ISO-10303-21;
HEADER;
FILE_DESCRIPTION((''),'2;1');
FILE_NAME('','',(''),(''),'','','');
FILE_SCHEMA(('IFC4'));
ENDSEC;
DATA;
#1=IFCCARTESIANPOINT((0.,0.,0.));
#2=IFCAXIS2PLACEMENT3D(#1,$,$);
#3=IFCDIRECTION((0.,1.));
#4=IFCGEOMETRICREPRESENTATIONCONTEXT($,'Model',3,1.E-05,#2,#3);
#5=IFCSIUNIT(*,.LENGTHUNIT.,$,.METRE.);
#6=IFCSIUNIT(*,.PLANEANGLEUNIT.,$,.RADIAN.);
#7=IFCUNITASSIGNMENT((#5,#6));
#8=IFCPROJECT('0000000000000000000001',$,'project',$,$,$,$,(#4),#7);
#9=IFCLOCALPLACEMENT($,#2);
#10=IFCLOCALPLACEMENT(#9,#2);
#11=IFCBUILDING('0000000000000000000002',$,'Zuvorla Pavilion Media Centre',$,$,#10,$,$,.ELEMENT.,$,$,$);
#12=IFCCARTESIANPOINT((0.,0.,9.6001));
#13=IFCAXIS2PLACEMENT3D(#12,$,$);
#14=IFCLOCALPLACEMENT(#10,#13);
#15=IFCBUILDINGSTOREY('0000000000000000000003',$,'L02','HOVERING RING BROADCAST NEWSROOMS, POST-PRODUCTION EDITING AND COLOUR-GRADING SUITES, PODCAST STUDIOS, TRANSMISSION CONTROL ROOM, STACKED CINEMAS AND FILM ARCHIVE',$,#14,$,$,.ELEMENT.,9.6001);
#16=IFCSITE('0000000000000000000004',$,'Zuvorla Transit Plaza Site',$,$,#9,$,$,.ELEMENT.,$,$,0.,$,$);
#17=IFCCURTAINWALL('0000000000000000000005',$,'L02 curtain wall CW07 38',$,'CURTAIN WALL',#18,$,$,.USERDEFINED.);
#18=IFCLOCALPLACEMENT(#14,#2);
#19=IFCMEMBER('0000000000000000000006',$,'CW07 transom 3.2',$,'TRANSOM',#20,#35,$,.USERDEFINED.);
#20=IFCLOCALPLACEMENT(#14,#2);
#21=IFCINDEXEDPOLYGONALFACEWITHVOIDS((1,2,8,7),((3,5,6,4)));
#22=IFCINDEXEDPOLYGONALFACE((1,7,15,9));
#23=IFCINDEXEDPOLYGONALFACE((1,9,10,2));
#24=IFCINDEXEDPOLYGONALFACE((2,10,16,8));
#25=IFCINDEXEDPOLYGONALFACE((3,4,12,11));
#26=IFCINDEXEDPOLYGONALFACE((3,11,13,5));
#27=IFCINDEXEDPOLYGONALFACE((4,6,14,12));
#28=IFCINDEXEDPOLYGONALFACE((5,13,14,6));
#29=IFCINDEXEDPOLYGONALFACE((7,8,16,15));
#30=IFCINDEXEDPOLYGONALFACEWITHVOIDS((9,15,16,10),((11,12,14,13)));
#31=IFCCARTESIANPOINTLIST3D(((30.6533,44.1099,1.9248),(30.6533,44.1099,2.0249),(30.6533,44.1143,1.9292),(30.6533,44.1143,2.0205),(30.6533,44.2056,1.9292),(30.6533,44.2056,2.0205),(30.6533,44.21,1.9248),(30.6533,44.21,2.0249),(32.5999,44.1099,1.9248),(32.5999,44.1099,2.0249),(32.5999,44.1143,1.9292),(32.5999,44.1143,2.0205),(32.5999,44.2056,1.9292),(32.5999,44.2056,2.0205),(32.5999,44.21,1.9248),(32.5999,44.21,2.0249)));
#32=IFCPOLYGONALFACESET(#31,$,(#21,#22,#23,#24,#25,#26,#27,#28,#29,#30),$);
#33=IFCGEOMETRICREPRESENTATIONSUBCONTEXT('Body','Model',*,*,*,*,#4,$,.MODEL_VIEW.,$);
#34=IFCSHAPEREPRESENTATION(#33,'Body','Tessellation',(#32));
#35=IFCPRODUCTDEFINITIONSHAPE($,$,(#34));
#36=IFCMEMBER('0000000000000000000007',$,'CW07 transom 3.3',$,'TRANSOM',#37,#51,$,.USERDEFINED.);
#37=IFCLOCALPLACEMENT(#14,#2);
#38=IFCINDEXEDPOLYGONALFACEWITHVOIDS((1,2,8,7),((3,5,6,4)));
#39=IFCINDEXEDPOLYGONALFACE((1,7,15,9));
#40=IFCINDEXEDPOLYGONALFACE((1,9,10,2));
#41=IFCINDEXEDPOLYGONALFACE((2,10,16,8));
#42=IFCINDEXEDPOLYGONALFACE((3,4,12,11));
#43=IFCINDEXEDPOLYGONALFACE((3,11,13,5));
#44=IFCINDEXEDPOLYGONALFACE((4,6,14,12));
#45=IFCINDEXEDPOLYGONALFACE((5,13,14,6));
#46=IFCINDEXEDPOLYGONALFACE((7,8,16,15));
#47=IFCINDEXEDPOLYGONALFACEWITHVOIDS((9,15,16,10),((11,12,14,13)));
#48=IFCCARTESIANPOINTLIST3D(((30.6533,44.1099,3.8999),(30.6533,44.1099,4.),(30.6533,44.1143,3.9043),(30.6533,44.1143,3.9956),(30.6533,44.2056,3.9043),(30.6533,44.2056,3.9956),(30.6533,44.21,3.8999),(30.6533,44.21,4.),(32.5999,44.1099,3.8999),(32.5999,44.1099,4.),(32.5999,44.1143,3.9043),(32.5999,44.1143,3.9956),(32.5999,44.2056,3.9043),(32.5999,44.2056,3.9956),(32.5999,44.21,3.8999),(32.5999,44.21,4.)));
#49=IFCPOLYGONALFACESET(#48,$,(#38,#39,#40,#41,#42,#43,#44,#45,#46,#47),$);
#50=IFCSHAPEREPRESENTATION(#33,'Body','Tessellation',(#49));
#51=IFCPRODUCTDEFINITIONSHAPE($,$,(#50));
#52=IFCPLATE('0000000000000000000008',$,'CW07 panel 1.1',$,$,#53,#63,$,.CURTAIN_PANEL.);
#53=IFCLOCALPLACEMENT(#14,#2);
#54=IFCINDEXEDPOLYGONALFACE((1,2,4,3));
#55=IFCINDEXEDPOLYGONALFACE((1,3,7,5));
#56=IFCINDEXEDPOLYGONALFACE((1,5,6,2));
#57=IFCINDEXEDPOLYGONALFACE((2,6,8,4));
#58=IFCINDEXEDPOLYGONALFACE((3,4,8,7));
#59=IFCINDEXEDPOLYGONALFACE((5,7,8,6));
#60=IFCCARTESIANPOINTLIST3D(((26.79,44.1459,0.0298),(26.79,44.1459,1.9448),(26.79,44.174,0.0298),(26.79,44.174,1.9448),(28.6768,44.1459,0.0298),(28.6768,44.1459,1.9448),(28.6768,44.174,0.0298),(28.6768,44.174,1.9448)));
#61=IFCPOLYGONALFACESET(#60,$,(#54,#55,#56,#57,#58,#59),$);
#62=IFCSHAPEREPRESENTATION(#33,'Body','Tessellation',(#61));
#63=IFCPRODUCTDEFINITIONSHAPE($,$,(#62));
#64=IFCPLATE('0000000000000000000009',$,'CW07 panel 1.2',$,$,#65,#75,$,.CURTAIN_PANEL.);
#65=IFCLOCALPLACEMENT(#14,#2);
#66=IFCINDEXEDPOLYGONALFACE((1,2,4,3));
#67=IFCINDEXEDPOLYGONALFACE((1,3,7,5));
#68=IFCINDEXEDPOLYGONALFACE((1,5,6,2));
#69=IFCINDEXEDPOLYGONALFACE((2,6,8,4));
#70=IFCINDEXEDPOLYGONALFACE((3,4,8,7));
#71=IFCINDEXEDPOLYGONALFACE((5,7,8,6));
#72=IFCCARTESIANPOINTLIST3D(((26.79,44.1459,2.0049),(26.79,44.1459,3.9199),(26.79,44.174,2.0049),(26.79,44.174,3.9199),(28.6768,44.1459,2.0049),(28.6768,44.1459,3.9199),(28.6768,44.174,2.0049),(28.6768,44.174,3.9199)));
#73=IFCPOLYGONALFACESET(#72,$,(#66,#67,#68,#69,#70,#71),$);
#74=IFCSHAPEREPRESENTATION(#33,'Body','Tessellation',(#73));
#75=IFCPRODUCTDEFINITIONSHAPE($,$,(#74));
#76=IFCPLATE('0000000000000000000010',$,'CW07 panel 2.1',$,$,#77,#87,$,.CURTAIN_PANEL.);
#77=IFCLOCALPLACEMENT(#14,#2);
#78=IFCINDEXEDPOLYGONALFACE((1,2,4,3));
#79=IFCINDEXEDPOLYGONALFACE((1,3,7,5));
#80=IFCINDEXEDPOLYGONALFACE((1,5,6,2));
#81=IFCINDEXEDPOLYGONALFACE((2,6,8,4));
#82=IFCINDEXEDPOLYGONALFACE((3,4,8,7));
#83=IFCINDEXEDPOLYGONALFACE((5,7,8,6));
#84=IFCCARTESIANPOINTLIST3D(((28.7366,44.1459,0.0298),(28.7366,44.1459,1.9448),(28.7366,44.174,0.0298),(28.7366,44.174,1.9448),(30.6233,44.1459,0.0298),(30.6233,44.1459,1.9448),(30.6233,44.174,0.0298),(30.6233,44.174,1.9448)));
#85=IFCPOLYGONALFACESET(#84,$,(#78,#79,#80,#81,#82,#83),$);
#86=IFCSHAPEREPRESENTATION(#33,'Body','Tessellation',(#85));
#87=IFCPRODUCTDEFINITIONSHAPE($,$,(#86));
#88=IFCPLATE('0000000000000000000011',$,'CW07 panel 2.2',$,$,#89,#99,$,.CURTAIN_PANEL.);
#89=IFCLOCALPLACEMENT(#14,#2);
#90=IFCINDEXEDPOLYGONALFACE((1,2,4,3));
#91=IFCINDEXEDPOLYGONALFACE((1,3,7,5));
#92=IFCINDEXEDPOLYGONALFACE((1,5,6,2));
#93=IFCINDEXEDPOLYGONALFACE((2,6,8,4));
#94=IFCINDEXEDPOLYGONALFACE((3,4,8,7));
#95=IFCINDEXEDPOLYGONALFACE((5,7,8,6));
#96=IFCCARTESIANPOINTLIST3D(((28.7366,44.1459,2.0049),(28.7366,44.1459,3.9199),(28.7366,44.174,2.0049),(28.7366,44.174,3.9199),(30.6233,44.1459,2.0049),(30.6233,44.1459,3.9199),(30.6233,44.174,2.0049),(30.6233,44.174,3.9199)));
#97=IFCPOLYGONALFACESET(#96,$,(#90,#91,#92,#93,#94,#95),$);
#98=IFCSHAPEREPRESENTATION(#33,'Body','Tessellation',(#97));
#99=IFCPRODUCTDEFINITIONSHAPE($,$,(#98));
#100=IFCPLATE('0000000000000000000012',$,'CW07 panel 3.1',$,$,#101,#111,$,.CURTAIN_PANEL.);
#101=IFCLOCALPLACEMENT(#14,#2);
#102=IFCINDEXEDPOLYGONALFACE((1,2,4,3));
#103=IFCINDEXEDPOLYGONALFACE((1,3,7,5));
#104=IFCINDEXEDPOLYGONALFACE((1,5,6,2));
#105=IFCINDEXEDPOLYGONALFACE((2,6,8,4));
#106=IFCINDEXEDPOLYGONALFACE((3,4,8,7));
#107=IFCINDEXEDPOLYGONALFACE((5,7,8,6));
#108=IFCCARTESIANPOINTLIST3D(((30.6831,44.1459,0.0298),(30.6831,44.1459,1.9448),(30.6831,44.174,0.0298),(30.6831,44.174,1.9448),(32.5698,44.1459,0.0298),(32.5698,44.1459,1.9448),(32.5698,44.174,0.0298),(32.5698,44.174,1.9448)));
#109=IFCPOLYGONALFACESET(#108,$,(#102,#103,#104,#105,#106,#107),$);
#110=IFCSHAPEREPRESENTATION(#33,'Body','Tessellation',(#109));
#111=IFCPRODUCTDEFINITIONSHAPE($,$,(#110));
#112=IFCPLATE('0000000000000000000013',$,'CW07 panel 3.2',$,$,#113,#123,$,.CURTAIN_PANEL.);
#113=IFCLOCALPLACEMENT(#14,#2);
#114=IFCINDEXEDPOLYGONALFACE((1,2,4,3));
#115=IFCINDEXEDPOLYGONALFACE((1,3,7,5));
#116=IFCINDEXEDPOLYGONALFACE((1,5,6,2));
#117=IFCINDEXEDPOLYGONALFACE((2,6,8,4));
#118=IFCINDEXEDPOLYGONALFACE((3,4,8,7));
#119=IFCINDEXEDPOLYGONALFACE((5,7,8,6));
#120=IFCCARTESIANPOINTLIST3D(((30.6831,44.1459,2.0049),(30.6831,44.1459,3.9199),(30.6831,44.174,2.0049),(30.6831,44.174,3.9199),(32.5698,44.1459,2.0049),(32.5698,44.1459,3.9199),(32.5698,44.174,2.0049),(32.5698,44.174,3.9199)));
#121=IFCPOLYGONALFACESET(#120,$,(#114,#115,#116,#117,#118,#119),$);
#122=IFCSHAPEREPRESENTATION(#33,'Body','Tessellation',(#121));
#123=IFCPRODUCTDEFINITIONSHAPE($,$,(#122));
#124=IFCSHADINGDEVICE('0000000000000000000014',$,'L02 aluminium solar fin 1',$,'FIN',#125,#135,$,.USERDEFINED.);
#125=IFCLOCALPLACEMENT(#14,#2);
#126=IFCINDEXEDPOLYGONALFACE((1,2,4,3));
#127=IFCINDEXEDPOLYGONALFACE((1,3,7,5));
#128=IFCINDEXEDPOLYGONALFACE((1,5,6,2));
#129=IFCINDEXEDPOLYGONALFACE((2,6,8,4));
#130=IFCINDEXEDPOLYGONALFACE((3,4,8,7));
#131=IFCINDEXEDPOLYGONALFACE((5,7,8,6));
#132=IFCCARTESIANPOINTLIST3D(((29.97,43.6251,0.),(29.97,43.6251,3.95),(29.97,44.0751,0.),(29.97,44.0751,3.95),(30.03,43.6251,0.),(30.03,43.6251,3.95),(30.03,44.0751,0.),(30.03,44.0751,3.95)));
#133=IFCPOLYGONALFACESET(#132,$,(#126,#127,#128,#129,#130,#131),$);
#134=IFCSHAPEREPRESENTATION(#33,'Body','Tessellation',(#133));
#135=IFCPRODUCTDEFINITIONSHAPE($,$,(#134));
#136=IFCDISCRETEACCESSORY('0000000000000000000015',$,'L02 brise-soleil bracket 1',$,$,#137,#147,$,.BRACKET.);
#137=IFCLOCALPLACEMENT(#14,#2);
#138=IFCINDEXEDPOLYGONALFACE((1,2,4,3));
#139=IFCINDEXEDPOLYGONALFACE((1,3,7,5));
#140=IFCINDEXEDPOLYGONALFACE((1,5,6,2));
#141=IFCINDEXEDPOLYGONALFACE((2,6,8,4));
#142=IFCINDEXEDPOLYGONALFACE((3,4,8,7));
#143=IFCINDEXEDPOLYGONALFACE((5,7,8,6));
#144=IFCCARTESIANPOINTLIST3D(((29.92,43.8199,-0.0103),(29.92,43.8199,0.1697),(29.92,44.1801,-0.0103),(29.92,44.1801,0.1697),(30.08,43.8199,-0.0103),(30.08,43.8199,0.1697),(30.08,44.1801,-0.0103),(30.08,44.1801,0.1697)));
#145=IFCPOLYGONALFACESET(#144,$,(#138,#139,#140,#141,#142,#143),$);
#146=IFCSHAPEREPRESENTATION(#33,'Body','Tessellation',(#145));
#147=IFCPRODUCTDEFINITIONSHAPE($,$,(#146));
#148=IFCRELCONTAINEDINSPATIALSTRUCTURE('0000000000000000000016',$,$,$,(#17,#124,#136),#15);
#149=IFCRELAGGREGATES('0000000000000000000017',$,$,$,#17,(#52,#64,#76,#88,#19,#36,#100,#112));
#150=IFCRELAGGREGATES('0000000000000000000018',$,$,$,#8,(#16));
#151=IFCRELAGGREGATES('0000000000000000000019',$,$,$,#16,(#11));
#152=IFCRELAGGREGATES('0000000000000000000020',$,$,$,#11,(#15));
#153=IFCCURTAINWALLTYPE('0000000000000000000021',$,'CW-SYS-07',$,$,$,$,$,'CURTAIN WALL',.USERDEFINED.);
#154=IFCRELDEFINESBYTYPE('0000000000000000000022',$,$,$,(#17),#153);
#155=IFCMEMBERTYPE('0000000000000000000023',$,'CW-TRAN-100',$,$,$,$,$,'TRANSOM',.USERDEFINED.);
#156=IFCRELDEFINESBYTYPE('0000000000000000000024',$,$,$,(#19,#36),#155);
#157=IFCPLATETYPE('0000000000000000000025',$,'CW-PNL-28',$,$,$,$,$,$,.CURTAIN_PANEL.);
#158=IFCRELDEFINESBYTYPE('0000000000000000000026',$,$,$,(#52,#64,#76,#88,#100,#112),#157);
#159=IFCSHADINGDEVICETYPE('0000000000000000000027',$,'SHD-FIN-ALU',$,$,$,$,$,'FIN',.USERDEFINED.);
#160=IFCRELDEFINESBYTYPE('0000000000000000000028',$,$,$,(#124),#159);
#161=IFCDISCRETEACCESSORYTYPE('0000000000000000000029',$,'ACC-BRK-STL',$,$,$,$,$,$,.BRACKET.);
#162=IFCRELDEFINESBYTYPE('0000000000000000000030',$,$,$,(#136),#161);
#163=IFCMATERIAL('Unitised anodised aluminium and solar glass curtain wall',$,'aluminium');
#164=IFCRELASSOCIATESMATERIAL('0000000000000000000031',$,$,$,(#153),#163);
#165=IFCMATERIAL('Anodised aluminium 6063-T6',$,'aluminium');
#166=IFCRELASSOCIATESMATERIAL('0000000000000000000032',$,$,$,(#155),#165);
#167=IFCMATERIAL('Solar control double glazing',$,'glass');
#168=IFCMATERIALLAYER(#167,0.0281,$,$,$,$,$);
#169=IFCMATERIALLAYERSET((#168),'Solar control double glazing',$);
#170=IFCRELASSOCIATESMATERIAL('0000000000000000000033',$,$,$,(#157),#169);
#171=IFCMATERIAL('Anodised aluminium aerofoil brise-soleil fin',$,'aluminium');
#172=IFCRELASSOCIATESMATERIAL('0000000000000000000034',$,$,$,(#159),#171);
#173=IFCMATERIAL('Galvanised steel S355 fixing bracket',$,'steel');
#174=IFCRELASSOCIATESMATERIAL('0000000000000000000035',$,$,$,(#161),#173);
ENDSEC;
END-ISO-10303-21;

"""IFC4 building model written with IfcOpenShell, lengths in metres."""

from ifc_helpers import new_model, si_unit, direction, frame, origin, origin_2d, place, context, subcontext, project, spatial, rectangle, hollow_rectangle, extrude, material, layer, layer_set, material_profile, profile_set, type_object, element, aggregate, save


model = new_model("IFC4")

# Units and contexts
model_context = context("Model", 3, precision=1e-05, world=origin(), true_north=direction((0.0, 1.0)))
body_context = subcontext(model_context, "Body", "Model", "MODEL_VIEW")
ifc_project = project(units=[si_unit("LENGTHUNIT", "METRE"), si_unit("PLANEANGLEUNIT", "RADIAN")], contexts=[model_context])

# Site, building, storey
site_placement = place(None, origin())
site = spatial("IfcSite", under=ifc_project, at=site_placement, Name="Zuvorla Transit Plaza Site", CompositionType="ELEMENT", RefElevation=0.0)
building_placement = place(site_placement, origin())
building = spatial("IfcBuilding", under=site, at=building_placement, Name="Zuvorla Pavilion Media Centre", CompositionType="ELEMENT")
storey_placement = place(building_placement, frame((0.0, 0.0, 9.6001)))
storey = spatial("IfcBuildingStorey", under=building, at=storey_placement, Name="L02", Description="HOVERING RING BROADCAST NEWSROOMS, POST-PRODUCTION EDITING AND COLOUR-GRADING SUITES, PODCAST STUDIOS, TRANSMISSION CONTROL ROOM, STACKED CINEMAS AND FILM ARCHIVE", CompositionType="ELEMENT", Elevation=9.6001)

# Curtain wall, members, plates
ifc_material_1 = material(Name="Unitised anodised aluminium and solar glass curtain wall", Category="aluminium")
curtain_wall_type = type_object("IfcCurtainWallType", Name="CW-SYS-07", ElementType="CURTAIN WALL", PredefinedType="USERDEFINED", material=ifc_material_1)
curtain_wall_placement = place(storey_placement, origin())
curtain_wall = element("IfcCurtainWall", 1, at=curtain_wall_placement, inside=storey, type_object=curtain_wall_type, Name="L02 curtain wall CW07 38", ObjectType="CURTAIN WALL", PredefinedType="USERDEFINED")
ifc_material_2 = material(Name="Anodised aluminium 6063-T6", Category="aluminium")
ifc_material_profile_1 = material_profile(ifc_material_2, hollow_rectangle(XDim=0.1001, YDim=0.1001, WallThickness=0.0044, at=origin_2d()), Name="ALU TRAN 100x100")
ifc_profile_set_1 = profile_set([ifc_material_profile_1], Name="Anodised aluminium 6063-T6")
member_type_1 = type_object("IfcMemberType", Name="CW-TRAN-100", ElementType="TRANSOM", PredefinedType="USERDEFINED", material=ifc_profile_set_1)
member_1_placement = place(storey_placement, frame((30.6533, 44.1599, 1.9749), z_axis=(1.0, 0.0, 0.0), x_axis=(0.0, 1.0, 0.0)))
member_1 = element("IfcMember", 2, at=member_1_placement, type_object=member_type_1, Name="CW07 transom 3.2", ObjectType="TRANSOM", PredefinedType="USERDEFINED", context=body_context, shape_type="SweptSolid", body=[
    extrude(hollow_rectangle(XDim=0.1001, YDim=0.1001, WallThickness=0.0044, at=origin_2d()), origin(), (0.0, 0.0, 1.0), 1.9465),
])
member_2_placement = place(storey_placement, frame((30.6533, 44.1599, 3.95), z_axis=(1.0, 0.0, 0.0), x_axis=(0.0, 1.0, 0.0)))
member_2 = element("IfcMember", 3, at=member_2_placement, type_object=member_type_1, Name="CW07 transom 3.3", ObjectType="TRANSOM", PredefinedType="USERDEFINED", context=body_context, shape_type="SweptSolid", body=[
    extrude(hollow_rectangle(XDim=0.1001, YDim=0.1001, WallThickness=0.0044, at=origin_2d()), origin(), (0.0, 0.0, 1.0), 1.9465),
])
ifc_material_3 = material(Name="Solar control double glazing", Category="glass")
ifc_layer = layer(ifc_material_3, 0.0281)
ifc_layer_set = layer_set([ifc_layer], Name="Solar control double glazing")
plate_type = type_object("IfcPlateType", Name="CW-PNL-28", PredefinedType="CURTAIN_PANEL", material=ifc_layer_set)
plate_1_placement = place(storey_placement, frame((27.7334, 44.1599, 0.0298), z_axis=(0.0, 0.0, 1.0), x_axis=(1.0, 0.0, 0.0)))
plate_1 = element("IfcPlate", 4, at=plate_1_placement, type_object=plate_type, Name="CW07 panel 1.1", PredefinedType="CURTAIN_PANEL", context=body_context, shape_type="SweptSolid", body=[
    extrude(rectangle(XDim=1.8867, YDim=0.0281, at=origin_2d()), origin(), (0.0, 0.0, 1.0), 1.915),
])
plate_2_placement = place(storey_placement, frame((27.7334, 44.1599, 2.0049), z_axis=(0.0, 0.0, 1.0), x_axis=(1.0, 0.0, 0.0)))
plate_2 = element("IfcPlate", 5, at=plate_2_placement, type_object=plate_type, Name="CW07 panel 1.2", PredefinedType="CURTAIN_PANEL", context=body_context, shape_type="SweptSolid", body=[
    extrude(rectangle(XDim=1.8867, YDim=0.0281, at=origin_2d()), origin(), (0.0, 0.0, 1.0), 1.915),
])
plate_3_placement = place(storey_placement, frame((29.6799, 44.1599, 0.0298), z_axis=(0.0, 0.0, 1.0), x_axis=(1.0, 0.0, 0.0)))
plate_3 = element("IfcPlate", 6, at=plate_3_placement, type_object=plate_type, Name="CW07 panel 2.1", PredefinedType="CURTAIN_PANEL", context=body_context, shape_type="SweptSolid", body=[
    extrude(rectangle(XDim=1.8867, YDim=0.0281, at=origin_2d()), origin(), (0.0, 0.0, 1.0), 1.915),
])
plate_4_placement = place(storey_placement, frame((29.6799, 44.1599, 2.0049), z_axis=(0.0, 0.0, 1.0), x_axis=(1.0, 0.0, 0.0)))
plate_4 = element("IfcPlate", 7, at=plate_4_placement, type_object=plate_type, Name="CW07 panel 2.2", PredefinedType="CURTAIN_PANEL", context=body_context, shape_type="SweptSolid", body=[
    extrude(rectangle(XDim=1.8867, YDim=0.0281, at=origin_2d()), origin(), (0.0, 0.0, 1.0), 1.915),
])
plate_5_placement = place(storey_placement, frame((31.6265, 44.1599, 0.0298), z_axis=(0.0, 0.0, 1.0), x_axis=(1.0, 0.0, 0.0)))
plate_5 = element("IfcPlate", 8, at=plate_5_placement, type_object=plate_type, Name="CW07 panel 3.1", PredefinedType="CURTAIN_PANEL", context=body_context, shape_type="SweptSolid", body=[
    extrude(rectangle(XDim=1.8867, YDim=0.0281, at=origin_2d()), origin(), (0.0, 0.0, 1.0), 1.915),
])
plate_6_placement = place(storey_placement, frame((31.6265, 44.1599, 2.0049), z_axis=(0.0, 0.0, 1.0), x_axis=(1.0, 0.0, 0.0)))
plate_6 = element("IfcPlate", 9, at=plate_6_placement, type_object=plate_type, Name="CW07 panel 3.2", PredefinedType="CURTAIN_PANEL", context=body_context, shape_type="SweptSolid", body=[
    extrude(rectangle(XDim=1.8867, YDim=0.0281, at=origin_2d()), origin(), (0.0, 0.0, 1.0), 1.915),
])
aggregate(curtain_wall, [plate_1, plate_2, plate_3, plate_4, member_1, member_2, plate_5, plate_6])

# Shading device
ifc_material_4 = material(Name="Anodised aluminium aerofoil brise-soleil fin", Category="aluminium")
shading_device_type = type_object("IfcShadingDeviceType", Name="SHD-FIN-ALU", ElementType="FIN", PredefinedType="USERDEFINED", material=ifc_material_4)
shading_device_placement = place(storey_placement, frame((30.0, 43.8501, 0.0), z_axis=(0.0, 0.0, 1.0), x_axis=(1.0, 0.0, 0.0)))
element("IfcShadingDevice", 10, at=shading_device_placement, inside=storey, type_object=shading_device_type, Name="L02 aluminium solar fin 1", ObjectType="FIN", PredefinedType="USERDEFINED", context=body_context, shape_type="SweptSolid", body=[
    extrude(rectangle(XDim=0.0601, YDim=0.45, at=origin_2d()), origin(), (0.0, 0.0, 1.0), 3.95),
])

# Discrete accessory
ifc_material_5 = material(Name="Galvanised steel S355 fixing bracket", Category="steel")
discrete_accessory_type = type_object("IfcDiscreteAccessoryType", Name="ACC-BRK-STL", PredefinedType="BRACKET", material=ifc_material_5)
discrete_accessory_placement = place(storey_placement, frame((30.0, 44.0, -0.0103), z_axis=(0.0, 0.0, 1.0), x_axis=(1.0, 0.0, 0.0)))
element("IfcDiscreteAccessory", 11, at=discrete_accessory_placement, inside=storey, type_object=discrete_accessory_type, Name="L02 brise-soleil bracket 1", PredefinedType="BRACKET", context=body_context, shape_type="SweptSolid", body=[
    extrude(rectangle(XDim=0.1599, YDim=0.3601, at=origin_2d()), origin(), (0.0, 0.0, 1.0), 0.1799),
])

save(model, "model.ifc")
